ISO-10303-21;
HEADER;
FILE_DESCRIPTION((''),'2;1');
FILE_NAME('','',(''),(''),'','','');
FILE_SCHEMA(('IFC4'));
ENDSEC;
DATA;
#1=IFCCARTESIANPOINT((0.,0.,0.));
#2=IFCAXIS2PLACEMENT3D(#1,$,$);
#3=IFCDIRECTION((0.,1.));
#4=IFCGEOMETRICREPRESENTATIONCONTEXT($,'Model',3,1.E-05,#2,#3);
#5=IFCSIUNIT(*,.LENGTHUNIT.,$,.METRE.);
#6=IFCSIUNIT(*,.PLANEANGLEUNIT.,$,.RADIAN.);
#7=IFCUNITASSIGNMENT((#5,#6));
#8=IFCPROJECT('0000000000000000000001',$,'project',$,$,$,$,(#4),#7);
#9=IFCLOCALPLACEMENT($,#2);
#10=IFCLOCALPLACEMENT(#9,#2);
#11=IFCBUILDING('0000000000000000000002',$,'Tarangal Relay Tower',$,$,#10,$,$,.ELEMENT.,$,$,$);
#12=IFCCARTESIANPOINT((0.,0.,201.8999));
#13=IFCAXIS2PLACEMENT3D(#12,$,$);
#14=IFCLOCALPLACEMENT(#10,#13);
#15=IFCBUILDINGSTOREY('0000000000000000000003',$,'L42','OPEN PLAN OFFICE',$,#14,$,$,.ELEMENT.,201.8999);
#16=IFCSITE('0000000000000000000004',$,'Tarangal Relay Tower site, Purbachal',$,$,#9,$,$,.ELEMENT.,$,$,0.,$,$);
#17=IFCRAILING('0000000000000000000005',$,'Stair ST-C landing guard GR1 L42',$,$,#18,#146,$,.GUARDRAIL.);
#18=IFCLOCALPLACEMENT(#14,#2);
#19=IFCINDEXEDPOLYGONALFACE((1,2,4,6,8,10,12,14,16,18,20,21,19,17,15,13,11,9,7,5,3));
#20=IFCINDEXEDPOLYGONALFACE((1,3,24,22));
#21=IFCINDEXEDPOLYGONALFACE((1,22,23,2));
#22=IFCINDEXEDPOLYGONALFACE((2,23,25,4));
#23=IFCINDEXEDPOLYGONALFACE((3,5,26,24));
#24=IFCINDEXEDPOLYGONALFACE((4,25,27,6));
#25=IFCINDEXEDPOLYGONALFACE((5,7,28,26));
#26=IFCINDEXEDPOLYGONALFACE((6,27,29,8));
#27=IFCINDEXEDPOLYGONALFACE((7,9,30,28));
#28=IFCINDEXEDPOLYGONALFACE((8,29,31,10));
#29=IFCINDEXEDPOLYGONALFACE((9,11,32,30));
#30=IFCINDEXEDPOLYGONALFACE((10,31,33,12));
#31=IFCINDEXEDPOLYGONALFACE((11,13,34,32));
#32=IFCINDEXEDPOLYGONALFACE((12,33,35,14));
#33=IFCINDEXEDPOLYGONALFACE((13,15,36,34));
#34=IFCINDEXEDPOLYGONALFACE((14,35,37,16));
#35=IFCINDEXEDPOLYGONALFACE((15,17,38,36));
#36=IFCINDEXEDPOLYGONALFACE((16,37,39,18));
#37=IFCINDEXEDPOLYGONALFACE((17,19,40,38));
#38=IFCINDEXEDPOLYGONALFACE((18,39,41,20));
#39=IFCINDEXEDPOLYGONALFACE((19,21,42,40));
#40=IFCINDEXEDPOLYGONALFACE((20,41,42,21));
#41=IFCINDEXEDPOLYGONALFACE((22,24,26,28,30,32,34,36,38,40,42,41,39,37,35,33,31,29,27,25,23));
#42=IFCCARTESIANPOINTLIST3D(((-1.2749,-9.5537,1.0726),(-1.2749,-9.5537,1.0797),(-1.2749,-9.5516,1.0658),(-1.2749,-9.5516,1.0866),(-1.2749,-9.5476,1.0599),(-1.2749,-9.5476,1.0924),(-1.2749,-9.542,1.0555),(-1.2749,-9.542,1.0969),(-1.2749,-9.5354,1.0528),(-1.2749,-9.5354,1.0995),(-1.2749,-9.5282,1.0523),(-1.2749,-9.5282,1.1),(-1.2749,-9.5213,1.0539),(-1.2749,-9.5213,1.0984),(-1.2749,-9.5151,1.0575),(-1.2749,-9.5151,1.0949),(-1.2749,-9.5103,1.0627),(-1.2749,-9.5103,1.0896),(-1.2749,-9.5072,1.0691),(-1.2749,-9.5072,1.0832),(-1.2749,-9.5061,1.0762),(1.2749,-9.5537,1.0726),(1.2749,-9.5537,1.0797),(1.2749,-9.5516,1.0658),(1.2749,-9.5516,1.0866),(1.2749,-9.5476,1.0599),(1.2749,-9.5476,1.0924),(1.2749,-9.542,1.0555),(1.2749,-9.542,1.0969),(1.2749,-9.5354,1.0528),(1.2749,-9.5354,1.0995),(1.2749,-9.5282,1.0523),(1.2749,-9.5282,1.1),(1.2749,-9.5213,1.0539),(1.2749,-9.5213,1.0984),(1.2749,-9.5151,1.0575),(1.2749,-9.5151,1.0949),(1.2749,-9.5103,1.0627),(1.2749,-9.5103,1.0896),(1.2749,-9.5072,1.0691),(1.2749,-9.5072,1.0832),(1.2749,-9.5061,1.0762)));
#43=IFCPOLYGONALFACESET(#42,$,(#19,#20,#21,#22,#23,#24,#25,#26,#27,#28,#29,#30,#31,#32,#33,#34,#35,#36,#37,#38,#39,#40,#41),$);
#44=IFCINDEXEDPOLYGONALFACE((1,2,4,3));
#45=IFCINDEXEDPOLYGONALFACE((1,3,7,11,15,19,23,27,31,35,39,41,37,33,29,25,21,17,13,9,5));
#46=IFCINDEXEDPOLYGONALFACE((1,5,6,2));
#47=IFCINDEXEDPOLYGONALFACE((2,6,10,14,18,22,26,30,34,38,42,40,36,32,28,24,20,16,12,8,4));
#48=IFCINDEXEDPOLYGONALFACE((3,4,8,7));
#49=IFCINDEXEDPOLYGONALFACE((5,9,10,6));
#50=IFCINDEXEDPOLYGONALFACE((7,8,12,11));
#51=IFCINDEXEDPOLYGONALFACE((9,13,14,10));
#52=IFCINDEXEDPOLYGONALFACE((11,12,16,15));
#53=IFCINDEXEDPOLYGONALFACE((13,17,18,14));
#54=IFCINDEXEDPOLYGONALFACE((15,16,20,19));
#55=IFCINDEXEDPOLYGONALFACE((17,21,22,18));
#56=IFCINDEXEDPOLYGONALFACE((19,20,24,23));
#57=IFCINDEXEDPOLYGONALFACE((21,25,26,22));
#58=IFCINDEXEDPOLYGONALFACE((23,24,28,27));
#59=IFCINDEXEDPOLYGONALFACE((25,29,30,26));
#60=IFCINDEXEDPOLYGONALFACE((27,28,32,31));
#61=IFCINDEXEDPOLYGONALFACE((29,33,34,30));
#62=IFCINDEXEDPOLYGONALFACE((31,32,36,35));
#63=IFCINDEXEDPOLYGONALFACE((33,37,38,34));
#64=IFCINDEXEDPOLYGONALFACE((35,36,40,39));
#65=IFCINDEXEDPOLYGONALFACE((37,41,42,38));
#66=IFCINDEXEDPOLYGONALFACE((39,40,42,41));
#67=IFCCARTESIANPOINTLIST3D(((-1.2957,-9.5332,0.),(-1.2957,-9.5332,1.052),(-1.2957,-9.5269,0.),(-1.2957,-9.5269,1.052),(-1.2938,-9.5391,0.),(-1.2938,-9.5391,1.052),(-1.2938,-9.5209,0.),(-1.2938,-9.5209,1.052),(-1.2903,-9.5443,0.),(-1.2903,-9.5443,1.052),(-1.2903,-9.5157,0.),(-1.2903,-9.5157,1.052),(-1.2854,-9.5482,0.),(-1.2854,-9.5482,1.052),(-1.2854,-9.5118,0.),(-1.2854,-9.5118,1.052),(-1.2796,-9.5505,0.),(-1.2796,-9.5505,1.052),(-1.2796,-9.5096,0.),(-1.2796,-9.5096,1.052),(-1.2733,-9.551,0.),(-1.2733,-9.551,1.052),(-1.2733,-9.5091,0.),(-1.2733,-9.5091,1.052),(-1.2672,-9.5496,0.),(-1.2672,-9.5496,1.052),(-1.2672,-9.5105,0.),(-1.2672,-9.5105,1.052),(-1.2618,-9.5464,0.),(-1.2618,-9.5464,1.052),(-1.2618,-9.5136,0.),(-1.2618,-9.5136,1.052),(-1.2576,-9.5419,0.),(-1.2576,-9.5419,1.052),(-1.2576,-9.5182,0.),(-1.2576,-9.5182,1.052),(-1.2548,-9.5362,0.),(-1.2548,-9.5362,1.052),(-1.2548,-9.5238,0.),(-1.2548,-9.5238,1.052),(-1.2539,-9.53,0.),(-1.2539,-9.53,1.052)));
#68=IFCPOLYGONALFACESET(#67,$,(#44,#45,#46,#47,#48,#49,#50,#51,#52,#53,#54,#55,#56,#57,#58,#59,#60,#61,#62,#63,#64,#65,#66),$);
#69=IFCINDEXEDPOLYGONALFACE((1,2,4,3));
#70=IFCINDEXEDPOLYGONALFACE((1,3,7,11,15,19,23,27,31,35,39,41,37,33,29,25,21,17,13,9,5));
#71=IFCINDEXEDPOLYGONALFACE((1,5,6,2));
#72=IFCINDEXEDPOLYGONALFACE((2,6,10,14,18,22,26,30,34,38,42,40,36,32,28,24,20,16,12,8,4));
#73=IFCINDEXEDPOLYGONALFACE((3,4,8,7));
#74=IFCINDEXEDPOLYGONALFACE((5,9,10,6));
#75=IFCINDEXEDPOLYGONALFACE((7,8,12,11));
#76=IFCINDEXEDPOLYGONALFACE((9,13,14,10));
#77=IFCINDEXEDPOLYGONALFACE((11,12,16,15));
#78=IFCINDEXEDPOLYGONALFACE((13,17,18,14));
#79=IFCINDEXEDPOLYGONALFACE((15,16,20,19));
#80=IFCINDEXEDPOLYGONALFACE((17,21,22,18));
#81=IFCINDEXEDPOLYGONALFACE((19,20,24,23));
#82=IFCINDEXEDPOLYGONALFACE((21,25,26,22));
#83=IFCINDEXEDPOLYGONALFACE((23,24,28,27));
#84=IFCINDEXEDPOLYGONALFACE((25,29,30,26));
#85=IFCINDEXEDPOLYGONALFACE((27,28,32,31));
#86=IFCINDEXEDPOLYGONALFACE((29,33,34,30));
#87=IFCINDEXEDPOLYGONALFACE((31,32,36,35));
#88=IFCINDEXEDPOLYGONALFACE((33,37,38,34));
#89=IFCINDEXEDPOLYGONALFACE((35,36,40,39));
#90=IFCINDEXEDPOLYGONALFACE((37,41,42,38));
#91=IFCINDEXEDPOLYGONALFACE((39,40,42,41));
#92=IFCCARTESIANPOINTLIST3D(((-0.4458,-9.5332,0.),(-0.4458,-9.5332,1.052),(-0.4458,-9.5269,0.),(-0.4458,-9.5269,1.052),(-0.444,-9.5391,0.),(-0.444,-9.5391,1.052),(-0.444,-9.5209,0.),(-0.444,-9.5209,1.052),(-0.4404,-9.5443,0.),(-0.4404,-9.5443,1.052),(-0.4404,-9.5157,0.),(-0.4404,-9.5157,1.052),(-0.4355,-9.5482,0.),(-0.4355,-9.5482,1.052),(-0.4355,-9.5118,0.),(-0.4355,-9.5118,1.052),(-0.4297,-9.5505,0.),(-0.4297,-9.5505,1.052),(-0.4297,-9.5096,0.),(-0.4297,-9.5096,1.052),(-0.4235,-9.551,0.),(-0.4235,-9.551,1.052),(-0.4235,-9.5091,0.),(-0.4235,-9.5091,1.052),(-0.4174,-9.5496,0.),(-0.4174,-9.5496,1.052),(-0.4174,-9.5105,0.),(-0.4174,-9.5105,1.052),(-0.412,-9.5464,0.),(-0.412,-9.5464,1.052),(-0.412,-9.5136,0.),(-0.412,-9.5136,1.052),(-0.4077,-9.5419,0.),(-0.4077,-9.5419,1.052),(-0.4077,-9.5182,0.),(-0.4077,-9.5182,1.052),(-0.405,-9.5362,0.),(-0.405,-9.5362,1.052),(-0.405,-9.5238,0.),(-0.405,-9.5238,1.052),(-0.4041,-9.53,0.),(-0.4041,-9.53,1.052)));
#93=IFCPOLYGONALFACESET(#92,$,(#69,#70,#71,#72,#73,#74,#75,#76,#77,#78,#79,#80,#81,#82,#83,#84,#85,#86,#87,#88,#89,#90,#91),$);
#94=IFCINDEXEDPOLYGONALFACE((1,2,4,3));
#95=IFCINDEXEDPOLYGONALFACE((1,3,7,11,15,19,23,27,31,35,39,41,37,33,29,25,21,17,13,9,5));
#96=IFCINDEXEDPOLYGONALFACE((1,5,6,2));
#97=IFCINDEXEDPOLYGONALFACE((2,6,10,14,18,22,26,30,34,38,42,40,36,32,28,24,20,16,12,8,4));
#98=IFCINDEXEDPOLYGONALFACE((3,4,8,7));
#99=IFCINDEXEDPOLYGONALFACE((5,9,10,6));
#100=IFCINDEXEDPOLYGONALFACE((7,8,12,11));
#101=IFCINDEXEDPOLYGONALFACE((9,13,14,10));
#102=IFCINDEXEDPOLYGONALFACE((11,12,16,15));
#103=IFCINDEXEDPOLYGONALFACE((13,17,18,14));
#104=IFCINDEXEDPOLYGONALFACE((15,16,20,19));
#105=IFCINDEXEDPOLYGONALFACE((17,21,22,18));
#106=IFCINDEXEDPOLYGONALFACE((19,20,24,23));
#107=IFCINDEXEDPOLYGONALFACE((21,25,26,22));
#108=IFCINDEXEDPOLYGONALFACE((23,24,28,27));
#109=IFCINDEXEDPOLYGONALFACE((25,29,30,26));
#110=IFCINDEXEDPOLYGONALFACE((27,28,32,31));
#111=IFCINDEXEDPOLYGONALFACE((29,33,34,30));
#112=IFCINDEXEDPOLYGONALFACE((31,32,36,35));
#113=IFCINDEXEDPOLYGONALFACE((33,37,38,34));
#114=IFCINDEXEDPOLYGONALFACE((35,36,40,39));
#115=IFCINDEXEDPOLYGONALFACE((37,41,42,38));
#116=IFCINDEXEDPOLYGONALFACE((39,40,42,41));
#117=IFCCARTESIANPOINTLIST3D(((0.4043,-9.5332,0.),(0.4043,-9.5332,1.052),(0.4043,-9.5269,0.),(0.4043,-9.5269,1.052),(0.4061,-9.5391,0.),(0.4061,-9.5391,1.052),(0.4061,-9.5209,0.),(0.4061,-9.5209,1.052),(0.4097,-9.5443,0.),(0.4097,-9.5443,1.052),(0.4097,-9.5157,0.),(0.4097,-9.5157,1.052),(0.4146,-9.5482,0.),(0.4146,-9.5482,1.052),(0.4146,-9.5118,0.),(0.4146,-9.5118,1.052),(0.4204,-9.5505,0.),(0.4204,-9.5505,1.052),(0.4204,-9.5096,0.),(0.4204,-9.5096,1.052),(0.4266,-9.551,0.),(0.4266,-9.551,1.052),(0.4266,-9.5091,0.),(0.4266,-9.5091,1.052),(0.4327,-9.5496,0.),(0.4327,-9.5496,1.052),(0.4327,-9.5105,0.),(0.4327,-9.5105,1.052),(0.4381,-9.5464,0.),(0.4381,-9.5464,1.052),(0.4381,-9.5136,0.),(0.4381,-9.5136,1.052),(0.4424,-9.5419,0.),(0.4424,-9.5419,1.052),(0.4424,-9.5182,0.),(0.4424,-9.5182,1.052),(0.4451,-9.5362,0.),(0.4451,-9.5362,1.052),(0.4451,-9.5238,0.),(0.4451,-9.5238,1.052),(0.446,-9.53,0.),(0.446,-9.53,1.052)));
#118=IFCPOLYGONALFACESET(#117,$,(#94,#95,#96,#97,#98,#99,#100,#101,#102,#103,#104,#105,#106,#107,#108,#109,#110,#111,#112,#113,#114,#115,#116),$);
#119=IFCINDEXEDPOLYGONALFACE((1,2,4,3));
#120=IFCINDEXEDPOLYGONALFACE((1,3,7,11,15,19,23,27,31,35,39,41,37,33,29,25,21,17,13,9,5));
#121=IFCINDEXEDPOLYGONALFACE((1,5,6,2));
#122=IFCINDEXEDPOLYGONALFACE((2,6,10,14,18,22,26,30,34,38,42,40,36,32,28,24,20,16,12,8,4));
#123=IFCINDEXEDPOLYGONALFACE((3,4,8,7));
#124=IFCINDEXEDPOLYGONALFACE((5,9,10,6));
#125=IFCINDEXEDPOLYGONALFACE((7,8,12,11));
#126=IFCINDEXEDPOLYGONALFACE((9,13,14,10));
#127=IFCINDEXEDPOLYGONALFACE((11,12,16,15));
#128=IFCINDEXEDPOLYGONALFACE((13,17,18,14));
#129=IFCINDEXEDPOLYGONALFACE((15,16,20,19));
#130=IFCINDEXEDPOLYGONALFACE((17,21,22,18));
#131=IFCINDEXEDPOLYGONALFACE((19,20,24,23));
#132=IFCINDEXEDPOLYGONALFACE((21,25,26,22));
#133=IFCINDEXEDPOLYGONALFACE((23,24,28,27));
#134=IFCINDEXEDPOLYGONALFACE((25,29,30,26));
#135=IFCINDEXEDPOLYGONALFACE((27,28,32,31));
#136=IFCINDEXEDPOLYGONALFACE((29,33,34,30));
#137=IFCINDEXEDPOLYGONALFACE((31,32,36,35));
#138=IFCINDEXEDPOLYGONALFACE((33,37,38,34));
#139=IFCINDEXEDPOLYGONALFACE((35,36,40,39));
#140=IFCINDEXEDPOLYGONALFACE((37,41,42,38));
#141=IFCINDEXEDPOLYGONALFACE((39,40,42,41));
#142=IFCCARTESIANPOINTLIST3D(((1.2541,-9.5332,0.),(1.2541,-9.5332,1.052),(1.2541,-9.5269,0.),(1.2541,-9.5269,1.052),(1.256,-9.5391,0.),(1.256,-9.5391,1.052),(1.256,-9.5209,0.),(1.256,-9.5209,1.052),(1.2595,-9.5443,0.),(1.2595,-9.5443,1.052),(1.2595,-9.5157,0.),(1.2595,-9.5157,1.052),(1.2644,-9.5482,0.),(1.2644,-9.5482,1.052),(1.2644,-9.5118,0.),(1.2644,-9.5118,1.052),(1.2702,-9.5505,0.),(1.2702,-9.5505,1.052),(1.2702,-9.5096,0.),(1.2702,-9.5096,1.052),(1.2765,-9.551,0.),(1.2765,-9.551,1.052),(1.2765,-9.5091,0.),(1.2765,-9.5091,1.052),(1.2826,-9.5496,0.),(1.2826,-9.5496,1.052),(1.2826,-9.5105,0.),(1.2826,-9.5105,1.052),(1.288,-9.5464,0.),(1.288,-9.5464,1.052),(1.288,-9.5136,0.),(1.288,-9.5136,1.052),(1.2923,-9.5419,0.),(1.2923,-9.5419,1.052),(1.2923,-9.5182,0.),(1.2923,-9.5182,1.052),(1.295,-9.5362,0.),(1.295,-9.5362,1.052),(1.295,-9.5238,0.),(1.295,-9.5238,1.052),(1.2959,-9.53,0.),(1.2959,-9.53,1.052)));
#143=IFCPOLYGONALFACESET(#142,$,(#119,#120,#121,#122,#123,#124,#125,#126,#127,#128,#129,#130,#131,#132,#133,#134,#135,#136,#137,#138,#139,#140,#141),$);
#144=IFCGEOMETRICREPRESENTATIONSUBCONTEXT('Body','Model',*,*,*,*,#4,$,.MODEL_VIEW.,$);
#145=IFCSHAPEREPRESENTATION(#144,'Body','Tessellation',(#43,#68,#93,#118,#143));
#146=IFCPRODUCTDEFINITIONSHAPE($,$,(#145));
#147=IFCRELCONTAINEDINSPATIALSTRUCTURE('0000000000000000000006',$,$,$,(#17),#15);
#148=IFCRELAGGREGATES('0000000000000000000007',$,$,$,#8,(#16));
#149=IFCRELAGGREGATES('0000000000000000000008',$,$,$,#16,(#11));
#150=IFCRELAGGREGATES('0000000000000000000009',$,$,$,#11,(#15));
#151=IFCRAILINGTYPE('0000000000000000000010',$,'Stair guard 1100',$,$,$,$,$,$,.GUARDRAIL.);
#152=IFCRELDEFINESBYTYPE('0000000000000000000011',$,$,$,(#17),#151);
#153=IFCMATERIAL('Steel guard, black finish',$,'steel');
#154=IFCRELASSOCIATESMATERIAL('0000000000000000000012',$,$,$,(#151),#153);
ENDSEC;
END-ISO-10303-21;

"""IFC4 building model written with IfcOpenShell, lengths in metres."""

from ifc_helpers import new_model, si_unit, direction, frame, origin, origin_2d, place, context, subcontext, project, spatial, circle, extrude, material, type_object, element, save


model = new_model("IFC4")

# Units and contexts
model_context = context("Model", 3, precision=1e-05, world=origin(), true_north=direction((0.0, 1.0)))
body_context = subcontext(model_context, "Body", "Model", "MODEL_VIEW")
ifc_project = project(units=[si_unit("LENGTHUNIT", "METRE"), si_unit("PLANEANGLEUNIT", "RADIAN")], contexts=[model_context])

# Site, building, storey
site_placement = place(None, origin())
site = spatial("IfcSite", under=ifc_project, at=site_placement, Name="Tarangal Relay Tower site, Purbachal", CompositionType="ELEMENT", RefElevation=0.0)
building_placement = place(site_placement, origin())
building = spatial("IfcBuilding", under=site, at=building_placement, Name="Tarangal Relay Tower", CompositionType="ELEMENT")
storey_placement = place(building_placement, frame((0.0, 0.0, 201.8999)))
storey = spatial("IfcBuildingStorey", under=building, at=storey_placement, Name="L42", Description="OPEN PLAN OFFICE", CompositionType="ELEMENT", Elevation=201.8999)

# Railing
ifc_material_1 = material(Name="Steel guard, black finish", Category="steel")
railing_type_1 = type_object("IfcRailingType", Name="Stair guard 1100", PredefinedType="GUARDRAIL", material=ifc_material_1)
for number, where, name in (
    (1, (-1.2749, -9.53, 0.0), "Stair ST-C landing guard GR1 L42"),
):
    element("IfcRailing", number, at=place(storey_placement, frame(where)), inside=storey, type_object=railing_type_1, Name=name, PredefinedType="GUARDRAIL", context=body_context, shape_type="SweptSolid", body=[
        extrude(circle(Radius=0.0239, at=origin_2d()), frame((0.0, 0.0, 1.0762), z_axis=(1.0, 0.0, 0.0), x_axis=(0.0, 1.0, 0.0)), (0.0, 0.0, 1.0), 2.5498),
        extrude(circle(Radius=0.021, at=origin_2d()), origin(), (0.0, 0.0, 1.0), 1.052),
        extrude(circle(Radius=0.021, at=origin_2d()), frame((0.8499, 0.0, 0.0)), (0.0, 0.0, 1.0), 1.052),
        extrude(circle(Radius=0.021, at=origin_2d()), frame((1.7, 0.0, 0.0)), (0.0, 0.0, 1.0), 1.052),
        extrude(circle(Radius=0.021, at=origin_2d()), frame((2.5498, 0.0, 0.0)), (0.0, 0.0, 1.0), 1.052),
    ])

save(model, "model.ifc")
